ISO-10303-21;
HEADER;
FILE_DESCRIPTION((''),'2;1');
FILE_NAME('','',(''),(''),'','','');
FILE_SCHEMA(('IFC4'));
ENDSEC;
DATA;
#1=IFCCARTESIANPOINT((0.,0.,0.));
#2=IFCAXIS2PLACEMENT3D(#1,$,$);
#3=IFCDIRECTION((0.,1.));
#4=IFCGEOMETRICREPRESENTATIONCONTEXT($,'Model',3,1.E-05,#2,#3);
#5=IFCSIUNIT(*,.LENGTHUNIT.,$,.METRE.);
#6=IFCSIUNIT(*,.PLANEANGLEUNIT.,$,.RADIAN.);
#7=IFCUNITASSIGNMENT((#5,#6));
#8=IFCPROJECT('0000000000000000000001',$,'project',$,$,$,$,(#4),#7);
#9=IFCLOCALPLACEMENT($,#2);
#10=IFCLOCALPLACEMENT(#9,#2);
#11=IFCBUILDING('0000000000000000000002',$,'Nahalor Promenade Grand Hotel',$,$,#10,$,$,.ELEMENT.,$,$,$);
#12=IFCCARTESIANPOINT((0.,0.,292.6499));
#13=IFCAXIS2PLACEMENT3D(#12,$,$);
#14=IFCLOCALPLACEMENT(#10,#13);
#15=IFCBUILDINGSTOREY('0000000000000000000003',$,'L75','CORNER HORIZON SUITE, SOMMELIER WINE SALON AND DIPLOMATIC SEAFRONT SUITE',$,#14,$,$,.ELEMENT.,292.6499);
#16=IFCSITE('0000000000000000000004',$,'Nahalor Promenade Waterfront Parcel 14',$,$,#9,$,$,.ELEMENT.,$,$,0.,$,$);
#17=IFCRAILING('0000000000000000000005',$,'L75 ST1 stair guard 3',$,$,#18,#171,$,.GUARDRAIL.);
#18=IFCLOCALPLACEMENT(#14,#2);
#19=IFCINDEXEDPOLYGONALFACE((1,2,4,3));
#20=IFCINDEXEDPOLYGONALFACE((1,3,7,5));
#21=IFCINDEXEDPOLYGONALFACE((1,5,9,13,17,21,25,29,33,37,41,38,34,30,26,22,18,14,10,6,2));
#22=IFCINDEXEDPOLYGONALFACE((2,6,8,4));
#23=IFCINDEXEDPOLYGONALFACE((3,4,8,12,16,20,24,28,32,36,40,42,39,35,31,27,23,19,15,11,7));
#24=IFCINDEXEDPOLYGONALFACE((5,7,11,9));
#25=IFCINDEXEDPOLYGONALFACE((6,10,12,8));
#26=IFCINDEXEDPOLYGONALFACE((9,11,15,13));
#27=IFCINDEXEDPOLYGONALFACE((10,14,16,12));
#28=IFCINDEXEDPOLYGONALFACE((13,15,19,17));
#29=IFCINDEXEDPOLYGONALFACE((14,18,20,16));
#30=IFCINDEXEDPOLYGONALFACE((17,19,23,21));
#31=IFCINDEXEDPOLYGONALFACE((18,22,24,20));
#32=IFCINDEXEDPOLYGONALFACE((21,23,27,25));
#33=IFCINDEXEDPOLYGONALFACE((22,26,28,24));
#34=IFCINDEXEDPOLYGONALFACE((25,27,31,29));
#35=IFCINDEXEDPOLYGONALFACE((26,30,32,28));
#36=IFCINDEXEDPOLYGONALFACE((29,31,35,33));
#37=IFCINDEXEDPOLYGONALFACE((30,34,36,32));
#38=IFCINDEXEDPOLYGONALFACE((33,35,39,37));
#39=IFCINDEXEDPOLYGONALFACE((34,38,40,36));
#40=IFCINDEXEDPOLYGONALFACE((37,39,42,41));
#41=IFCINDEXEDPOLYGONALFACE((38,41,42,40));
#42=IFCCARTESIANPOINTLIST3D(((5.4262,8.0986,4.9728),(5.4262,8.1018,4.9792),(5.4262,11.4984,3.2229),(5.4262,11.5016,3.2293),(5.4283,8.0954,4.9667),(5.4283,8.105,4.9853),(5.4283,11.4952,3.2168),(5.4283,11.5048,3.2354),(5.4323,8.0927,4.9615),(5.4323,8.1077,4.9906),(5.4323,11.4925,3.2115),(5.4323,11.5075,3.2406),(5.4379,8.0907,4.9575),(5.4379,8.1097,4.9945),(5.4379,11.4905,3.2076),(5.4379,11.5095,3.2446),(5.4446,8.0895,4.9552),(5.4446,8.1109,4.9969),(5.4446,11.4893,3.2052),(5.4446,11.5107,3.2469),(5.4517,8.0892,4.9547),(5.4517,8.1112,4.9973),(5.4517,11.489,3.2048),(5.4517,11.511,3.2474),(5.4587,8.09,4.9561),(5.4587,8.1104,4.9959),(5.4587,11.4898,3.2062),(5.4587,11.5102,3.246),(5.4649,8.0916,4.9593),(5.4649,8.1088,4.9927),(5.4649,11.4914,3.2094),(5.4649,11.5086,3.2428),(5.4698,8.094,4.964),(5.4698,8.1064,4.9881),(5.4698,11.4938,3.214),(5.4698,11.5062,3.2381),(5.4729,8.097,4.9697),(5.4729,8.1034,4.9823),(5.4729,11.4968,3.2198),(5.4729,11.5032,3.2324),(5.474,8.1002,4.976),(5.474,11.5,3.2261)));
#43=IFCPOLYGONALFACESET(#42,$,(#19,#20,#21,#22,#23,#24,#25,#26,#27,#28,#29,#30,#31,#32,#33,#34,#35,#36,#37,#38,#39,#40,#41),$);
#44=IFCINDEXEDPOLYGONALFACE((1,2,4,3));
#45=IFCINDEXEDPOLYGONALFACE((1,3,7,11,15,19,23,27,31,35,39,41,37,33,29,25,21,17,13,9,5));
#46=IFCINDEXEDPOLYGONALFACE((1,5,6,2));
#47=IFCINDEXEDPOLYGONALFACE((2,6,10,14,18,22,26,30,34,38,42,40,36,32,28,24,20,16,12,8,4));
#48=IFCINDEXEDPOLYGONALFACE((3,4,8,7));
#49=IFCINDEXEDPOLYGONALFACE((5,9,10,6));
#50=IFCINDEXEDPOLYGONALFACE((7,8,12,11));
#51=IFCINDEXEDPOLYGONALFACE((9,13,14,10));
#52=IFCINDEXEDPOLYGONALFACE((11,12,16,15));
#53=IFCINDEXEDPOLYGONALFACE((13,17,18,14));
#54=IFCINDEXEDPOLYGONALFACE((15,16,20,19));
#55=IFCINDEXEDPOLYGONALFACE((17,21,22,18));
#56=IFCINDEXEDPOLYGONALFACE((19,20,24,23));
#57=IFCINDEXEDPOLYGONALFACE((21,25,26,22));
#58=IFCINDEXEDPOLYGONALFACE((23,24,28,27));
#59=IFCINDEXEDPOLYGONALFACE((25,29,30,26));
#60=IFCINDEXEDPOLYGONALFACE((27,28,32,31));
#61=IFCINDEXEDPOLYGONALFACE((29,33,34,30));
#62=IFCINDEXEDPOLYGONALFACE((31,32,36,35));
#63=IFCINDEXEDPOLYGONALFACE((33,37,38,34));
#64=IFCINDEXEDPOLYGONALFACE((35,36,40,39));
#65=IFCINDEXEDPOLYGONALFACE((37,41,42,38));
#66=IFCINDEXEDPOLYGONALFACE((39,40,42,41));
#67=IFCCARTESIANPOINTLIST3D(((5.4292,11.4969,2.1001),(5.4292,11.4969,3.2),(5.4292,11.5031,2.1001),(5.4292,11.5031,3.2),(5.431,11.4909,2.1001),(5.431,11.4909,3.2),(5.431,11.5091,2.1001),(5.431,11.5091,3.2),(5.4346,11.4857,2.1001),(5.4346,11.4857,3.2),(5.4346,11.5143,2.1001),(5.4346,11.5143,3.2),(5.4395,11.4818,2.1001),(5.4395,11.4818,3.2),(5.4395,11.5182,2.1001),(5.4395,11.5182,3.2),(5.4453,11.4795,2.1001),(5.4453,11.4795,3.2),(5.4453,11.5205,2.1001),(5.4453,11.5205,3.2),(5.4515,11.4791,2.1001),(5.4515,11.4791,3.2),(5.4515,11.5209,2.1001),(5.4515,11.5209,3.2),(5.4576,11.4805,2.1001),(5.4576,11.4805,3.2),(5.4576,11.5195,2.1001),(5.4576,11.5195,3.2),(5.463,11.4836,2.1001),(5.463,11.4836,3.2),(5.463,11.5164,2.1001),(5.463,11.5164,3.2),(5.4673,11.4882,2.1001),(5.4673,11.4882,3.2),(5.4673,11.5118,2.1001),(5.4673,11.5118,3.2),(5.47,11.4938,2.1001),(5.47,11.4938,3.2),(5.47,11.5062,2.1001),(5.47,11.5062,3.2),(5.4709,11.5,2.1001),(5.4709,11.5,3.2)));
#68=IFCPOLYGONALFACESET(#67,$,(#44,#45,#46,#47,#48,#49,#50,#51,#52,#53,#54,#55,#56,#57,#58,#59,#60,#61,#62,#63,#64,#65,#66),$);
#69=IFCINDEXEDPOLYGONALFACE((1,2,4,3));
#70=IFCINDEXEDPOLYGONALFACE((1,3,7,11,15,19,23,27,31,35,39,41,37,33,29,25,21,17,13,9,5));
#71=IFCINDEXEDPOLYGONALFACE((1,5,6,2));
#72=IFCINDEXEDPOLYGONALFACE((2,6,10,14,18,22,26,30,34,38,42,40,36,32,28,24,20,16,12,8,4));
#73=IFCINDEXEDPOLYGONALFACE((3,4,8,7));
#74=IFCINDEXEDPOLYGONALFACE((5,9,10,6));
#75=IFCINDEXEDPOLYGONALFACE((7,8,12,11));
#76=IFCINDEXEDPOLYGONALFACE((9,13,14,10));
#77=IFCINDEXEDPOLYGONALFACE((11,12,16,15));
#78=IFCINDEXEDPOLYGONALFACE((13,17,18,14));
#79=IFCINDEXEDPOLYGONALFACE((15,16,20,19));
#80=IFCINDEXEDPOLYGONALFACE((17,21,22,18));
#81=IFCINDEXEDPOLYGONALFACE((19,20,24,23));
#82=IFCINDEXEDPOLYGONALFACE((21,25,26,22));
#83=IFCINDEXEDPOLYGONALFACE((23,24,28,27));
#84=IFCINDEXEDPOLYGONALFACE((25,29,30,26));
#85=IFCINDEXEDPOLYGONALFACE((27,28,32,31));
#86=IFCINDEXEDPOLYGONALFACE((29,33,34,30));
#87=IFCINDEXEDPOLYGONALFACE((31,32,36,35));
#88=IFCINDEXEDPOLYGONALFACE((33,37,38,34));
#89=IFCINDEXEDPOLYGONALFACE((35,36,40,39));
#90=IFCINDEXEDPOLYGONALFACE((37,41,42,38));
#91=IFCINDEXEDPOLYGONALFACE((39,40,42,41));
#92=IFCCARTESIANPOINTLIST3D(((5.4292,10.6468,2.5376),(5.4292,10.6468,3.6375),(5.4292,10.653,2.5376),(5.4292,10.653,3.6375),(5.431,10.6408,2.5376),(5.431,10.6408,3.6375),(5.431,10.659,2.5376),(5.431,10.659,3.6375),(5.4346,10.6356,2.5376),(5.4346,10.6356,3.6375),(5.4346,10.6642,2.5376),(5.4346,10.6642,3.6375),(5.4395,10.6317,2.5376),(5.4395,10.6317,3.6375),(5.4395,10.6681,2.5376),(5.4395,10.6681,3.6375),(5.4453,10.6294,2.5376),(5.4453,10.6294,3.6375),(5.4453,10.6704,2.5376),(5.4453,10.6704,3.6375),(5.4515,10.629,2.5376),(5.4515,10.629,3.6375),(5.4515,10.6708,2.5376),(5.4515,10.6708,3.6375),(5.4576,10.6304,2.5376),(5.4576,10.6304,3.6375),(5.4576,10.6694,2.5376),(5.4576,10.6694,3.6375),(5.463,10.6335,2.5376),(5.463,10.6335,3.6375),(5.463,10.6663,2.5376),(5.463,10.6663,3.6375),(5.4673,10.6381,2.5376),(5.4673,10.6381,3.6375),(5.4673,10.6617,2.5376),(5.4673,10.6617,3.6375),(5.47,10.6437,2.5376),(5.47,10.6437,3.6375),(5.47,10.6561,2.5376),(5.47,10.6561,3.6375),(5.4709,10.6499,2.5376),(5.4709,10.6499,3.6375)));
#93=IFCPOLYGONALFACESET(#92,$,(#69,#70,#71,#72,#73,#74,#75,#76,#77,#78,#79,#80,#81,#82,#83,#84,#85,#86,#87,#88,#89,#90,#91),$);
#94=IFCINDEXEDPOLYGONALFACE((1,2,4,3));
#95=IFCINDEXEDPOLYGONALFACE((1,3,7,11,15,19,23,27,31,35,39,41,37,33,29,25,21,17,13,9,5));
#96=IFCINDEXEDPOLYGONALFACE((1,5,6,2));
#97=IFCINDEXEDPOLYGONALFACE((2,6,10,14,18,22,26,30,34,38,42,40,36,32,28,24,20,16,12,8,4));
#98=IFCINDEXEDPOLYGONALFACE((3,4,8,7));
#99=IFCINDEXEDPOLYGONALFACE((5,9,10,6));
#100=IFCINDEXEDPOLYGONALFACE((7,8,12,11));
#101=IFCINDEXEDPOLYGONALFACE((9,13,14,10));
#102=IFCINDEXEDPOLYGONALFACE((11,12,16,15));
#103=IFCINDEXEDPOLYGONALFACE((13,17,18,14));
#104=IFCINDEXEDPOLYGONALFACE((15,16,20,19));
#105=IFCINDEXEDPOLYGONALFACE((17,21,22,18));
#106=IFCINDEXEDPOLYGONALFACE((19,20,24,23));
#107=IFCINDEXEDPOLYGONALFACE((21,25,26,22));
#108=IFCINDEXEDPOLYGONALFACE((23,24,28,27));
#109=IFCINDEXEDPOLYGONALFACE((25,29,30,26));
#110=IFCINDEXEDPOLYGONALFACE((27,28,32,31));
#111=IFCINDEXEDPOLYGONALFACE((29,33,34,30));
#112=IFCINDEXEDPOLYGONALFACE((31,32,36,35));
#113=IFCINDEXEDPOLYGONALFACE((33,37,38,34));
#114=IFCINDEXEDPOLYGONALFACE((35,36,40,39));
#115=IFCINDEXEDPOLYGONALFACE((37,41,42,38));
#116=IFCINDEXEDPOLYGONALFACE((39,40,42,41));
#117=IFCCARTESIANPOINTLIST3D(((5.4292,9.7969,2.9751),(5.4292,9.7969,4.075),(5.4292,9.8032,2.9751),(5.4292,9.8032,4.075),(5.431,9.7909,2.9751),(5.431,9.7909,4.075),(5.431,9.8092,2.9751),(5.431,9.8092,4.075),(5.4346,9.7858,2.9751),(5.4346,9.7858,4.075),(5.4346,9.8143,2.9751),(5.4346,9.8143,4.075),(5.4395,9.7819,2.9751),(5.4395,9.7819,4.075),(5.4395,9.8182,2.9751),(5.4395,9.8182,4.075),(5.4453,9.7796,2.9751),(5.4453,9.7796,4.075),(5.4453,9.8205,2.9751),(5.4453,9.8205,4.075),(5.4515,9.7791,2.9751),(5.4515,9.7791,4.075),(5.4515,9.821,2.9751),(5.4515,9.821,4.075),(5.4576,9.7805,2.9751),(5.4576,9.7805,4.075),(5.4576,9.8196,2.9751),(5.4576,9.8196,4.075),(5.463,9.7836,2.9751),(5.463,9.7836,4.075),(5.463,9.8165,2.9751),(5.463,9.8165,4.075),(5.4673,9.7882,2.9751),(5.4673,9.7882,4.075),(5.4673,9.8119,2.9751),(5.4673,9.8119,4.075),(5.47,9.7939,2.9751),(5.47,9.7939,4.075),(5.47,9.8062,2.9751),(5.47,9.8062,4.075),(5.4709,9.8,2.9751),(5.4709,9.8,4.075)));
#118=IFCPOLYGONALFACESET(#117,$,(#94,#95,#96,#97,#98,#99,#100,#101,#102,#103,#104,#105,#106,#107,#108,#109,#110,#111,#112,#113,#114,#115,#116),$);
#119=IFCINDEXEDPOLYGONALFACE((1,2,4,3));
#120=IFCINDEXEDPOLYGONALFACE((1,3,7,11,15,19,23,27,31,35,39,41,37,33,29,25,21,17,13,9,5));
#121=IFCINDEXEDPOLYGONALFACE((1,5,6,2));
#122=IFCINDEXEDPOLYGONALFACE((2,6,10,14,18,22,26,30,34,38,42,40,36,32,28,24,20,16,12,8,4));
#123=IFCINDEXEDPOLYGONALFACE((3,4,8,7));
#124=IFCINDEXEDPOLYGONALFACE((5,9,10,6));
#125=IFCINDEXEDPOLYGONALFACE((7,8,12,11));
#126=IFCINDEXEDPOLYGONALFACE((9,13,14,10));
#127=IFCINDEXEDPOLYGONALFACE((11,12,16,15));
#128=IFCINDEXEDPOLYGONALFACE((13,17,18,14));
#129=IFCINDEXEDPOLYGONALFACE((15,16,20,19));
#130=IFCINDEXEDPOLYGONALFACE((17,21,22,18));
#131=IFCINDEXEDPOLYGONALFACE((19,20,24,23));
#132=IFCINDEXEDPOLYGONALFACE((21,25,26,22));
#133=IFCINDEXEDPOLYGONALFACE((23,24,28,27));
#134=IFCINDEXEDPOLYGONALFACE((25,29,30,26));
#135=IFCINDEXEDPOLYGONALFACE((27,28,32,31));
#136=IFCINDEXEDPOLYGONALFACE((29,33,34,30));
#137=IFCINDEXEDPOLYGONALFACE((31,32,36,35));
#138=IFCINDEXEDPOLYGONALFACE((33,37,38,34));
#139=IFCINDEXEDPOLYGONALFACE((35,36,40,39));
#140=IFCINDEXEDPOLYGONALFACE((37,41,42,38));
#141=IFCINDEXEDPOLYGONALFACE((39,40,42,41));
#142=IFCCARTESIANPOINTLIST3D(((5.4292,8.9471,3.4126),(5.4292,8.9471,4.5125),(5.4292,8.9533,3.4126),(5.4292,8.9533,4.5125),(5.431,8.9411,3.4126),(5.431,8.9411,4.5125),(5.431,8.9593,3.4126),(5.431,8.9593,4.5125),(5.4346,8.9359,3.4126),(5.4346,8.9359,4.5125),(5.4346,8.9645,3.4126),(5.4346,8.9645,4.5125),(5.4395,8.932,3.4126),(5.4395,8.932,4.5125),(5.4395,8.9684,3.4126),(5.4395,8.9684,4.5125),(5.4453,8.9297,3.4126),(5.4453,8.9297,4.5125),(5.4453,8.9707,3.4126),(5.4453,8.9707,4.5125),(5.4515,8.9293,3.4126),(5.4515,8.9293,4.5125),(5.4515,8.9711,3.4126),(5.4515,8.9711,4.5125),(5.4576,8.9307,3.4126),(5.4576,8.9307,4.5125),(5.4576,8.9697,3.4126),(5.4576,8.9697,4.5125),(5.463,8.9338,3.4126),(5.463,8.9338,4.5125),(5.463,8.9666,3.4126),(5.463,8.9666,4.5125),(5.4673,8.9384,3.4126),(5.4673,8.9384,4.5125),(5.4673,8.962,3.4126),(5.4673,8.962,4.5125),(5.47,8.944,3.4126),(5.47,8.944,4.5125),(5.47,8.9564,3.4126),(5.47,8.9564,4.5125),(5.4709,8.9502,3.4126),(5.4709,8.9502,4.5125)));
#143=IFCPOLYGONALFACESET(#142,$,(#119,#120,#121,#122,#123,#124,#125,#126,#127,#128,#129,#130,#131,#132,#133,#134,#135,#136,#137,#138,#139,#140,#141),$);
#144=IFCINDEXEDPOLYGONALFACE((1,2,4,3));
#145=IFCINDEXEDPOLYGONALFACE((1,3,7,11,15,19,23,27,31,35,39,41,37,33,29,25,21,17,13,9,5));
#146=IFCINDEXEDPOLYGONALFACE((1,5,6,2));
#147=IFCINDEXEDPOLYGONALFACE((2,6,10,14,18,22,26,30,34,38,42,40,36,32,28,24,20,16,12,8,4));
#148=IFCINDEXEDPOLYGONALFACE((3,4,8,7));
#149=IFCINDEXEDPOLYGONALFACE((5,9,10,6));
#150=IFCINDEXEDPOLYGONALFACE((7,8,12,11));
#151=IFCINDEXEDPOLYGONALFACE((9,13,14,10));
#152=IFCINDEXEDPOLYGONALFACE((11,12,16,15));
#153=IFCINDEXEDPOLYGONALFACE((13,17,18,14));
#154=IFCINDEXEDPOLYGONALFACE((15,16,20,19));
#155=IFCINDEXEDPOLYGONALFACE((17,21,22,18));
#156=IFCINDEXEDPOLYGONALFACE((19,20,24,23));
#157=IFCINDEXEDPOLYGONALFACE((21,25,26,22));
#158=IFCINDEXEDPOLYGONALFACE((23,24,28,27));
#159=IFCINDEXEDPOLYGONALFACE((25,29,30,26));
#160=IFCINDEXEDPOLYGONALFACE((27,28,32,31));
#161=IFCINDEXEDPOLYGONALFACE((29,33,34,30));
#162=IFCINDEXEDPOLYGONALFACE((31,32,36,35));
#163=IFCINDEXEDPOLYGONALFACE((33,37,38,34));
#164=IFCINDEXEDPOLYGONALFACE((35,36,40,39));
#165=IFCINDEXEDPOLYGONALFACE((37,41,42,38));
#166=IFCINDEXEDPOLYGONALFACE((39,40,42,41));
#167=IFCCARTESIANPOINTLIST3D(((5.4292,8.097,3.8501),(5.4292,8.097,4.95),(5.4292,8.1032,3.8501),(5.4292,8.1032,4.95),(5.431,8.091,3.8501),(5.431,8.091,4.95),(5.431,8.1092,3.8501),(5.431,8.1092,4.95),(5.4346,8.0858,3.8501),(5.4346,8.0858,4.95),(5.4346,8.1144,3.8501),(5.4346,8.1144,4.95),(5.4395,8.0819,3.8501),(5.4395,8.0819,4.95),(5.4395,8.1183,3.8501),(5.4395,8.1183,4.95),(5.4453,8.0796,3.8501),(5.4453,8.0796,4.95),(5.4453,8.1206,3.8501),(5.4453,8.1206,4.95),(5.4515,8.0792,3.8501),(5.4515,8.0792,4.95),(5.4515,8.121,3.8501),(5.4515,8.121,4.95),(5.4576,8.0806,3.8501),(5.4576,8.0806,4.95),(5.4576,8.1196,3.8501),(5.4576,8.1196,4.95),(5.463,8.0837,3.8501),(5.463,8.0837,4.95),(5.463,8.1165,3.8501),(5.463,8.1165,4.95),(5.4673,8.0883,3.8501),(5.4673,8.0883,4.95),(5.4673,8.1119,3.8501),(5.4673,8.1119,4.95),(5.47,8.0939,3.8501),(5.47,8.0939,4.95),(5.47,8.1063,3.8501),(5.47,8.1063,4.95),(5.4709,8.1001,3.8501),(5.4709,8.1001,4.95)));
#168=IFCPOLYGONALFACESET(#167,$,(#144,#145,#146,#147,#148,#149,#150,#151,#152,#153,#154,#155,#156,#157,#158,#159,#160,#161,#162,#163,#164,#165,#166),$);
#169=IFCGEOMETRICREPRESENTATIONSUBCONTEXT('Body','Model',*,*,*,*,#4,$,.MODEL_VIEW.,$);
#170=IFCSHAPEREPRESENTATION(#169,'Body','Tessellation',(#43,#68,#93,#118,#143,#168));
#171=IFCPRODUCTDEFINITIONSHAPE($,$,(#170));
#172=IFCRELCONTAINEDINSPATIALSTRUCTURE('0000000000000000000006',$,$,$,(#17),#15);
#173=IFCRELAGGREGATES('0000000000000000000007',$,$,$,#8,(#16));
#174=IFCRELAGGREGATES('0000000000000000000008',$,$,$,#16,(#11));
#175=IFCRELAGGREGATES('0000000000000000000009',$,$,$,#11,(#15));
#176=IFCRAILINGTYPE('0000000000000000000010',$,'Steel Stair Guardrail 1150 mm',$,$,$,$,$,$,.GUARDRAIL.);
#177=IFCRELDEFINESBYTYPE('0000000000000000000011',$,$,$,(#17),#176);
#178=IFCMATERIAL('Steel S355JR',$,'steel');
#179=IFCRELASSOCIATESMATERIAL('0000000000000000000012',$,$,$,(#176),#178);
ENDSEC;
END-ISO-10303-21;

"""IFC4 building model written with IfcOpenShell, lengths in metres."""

from ifc_helpers import new_model, si_unit, direction, frame, origin, origin_2d, place, context, subcontext, project, spatial, circle, extrude, material, type_object, element, save


model = new_model("IFC4")

# Units and contexts
model_context = context("Model", 3, precision=1e-05, world=origin(), true_north=direction((0.0, 1.0)))
body_context = subcontext(model_context, "Body", "Model", "MODEL_VIEW")
ifc_project = project(units=[si_unit("LENGTHUNIT", "METRE"), si_unit("PLANEANGLEUNIT", "RADIAN")], contexts=[model_context])

# Site, building, storey
site_placement = place(None, origin())
site = spatial("IfcSite", under=ifc_project, at=site_placement, Name="Nahalor Promenade Waterfront Parcel 14", CompositionType="ELEMENT", RefElevation=0.0)
building_placement = place(site_placement, origin())
building = spatial("IfcBuilding", under=site, at=building_placement, Name="Nahalor Promenade Grand Hotel", CompositionType="ELEMENT")
storey_placement = place(building_placement, frame((0.0, 0.0, 292.6499)))
storey = spatial("IfcBuildingStorey", under=building, at=storey_placement, Name="L75", Description="CORNER HORIZON SUITE, SOMMELIER WINE SALON AND DIPLOMATIC SEAFRONT SUITE", CompositionType="ELEMENT", Elevation=292.6499)

# Shared definitions
ifc_material_1 = material(Name="Steel S355JR", Category="steel")

# Railing
railing_type = type_object("IfcRailingType", Name="Steel Stair Guardrail 1150 mm", PredefinedType="GUARDRAIL", material=ifc_material_1)
railing_1_placement = place(storey_placement, frame((5.45, 11.5, 2.1001)))
element("IfcRailing", 1, at=railing_1_placement, inside=storey, type_object=railing_type, Name="L75 ST1 stair guard 3", PredefinedType="GUARDRAIL", context=body_context, shape_type="SweptSolid", body=[
    extrude(circle(Radius=0.024, at=origin_2d()), frame((0.0, 0.0, 1.126), z_axis=(0.0, -0.88913, 0.457654), x_axis=(1.0, 0.0, 0.0)), (0.0, 0.0, 1.0), 3.8237),
    extrude(circle(Radius=0.021, at=origin_2d()), origin(), (0.0, 0.0, 1.0), 1.0999),
    extrude(circle(Radius=0.021, at=origin_2d()), frame((0.0, -0.8501, 0.4375)), (0.0, 0.0, 1.0), 1.0999),
    extrude(circle(Radius=0.021, at=origin_2d()), frame((0.0, -1.7, 0.875)), (0.0, 0.0, 1.0), 1.0999),
    extrude(circle(Radius=0.021, at=origin_2d()), frame((0.0, -2.5498, 1.3125)), (0.0, 0.0, 1.0), 1.0999),
    extrude(circle(Radius=0.021, at=origin_2d()), frame((0.0, -3.3999, 1.75)), (0.0, 0.0, 1.0), 1.0999),
])

save(model, "model.ifc")
